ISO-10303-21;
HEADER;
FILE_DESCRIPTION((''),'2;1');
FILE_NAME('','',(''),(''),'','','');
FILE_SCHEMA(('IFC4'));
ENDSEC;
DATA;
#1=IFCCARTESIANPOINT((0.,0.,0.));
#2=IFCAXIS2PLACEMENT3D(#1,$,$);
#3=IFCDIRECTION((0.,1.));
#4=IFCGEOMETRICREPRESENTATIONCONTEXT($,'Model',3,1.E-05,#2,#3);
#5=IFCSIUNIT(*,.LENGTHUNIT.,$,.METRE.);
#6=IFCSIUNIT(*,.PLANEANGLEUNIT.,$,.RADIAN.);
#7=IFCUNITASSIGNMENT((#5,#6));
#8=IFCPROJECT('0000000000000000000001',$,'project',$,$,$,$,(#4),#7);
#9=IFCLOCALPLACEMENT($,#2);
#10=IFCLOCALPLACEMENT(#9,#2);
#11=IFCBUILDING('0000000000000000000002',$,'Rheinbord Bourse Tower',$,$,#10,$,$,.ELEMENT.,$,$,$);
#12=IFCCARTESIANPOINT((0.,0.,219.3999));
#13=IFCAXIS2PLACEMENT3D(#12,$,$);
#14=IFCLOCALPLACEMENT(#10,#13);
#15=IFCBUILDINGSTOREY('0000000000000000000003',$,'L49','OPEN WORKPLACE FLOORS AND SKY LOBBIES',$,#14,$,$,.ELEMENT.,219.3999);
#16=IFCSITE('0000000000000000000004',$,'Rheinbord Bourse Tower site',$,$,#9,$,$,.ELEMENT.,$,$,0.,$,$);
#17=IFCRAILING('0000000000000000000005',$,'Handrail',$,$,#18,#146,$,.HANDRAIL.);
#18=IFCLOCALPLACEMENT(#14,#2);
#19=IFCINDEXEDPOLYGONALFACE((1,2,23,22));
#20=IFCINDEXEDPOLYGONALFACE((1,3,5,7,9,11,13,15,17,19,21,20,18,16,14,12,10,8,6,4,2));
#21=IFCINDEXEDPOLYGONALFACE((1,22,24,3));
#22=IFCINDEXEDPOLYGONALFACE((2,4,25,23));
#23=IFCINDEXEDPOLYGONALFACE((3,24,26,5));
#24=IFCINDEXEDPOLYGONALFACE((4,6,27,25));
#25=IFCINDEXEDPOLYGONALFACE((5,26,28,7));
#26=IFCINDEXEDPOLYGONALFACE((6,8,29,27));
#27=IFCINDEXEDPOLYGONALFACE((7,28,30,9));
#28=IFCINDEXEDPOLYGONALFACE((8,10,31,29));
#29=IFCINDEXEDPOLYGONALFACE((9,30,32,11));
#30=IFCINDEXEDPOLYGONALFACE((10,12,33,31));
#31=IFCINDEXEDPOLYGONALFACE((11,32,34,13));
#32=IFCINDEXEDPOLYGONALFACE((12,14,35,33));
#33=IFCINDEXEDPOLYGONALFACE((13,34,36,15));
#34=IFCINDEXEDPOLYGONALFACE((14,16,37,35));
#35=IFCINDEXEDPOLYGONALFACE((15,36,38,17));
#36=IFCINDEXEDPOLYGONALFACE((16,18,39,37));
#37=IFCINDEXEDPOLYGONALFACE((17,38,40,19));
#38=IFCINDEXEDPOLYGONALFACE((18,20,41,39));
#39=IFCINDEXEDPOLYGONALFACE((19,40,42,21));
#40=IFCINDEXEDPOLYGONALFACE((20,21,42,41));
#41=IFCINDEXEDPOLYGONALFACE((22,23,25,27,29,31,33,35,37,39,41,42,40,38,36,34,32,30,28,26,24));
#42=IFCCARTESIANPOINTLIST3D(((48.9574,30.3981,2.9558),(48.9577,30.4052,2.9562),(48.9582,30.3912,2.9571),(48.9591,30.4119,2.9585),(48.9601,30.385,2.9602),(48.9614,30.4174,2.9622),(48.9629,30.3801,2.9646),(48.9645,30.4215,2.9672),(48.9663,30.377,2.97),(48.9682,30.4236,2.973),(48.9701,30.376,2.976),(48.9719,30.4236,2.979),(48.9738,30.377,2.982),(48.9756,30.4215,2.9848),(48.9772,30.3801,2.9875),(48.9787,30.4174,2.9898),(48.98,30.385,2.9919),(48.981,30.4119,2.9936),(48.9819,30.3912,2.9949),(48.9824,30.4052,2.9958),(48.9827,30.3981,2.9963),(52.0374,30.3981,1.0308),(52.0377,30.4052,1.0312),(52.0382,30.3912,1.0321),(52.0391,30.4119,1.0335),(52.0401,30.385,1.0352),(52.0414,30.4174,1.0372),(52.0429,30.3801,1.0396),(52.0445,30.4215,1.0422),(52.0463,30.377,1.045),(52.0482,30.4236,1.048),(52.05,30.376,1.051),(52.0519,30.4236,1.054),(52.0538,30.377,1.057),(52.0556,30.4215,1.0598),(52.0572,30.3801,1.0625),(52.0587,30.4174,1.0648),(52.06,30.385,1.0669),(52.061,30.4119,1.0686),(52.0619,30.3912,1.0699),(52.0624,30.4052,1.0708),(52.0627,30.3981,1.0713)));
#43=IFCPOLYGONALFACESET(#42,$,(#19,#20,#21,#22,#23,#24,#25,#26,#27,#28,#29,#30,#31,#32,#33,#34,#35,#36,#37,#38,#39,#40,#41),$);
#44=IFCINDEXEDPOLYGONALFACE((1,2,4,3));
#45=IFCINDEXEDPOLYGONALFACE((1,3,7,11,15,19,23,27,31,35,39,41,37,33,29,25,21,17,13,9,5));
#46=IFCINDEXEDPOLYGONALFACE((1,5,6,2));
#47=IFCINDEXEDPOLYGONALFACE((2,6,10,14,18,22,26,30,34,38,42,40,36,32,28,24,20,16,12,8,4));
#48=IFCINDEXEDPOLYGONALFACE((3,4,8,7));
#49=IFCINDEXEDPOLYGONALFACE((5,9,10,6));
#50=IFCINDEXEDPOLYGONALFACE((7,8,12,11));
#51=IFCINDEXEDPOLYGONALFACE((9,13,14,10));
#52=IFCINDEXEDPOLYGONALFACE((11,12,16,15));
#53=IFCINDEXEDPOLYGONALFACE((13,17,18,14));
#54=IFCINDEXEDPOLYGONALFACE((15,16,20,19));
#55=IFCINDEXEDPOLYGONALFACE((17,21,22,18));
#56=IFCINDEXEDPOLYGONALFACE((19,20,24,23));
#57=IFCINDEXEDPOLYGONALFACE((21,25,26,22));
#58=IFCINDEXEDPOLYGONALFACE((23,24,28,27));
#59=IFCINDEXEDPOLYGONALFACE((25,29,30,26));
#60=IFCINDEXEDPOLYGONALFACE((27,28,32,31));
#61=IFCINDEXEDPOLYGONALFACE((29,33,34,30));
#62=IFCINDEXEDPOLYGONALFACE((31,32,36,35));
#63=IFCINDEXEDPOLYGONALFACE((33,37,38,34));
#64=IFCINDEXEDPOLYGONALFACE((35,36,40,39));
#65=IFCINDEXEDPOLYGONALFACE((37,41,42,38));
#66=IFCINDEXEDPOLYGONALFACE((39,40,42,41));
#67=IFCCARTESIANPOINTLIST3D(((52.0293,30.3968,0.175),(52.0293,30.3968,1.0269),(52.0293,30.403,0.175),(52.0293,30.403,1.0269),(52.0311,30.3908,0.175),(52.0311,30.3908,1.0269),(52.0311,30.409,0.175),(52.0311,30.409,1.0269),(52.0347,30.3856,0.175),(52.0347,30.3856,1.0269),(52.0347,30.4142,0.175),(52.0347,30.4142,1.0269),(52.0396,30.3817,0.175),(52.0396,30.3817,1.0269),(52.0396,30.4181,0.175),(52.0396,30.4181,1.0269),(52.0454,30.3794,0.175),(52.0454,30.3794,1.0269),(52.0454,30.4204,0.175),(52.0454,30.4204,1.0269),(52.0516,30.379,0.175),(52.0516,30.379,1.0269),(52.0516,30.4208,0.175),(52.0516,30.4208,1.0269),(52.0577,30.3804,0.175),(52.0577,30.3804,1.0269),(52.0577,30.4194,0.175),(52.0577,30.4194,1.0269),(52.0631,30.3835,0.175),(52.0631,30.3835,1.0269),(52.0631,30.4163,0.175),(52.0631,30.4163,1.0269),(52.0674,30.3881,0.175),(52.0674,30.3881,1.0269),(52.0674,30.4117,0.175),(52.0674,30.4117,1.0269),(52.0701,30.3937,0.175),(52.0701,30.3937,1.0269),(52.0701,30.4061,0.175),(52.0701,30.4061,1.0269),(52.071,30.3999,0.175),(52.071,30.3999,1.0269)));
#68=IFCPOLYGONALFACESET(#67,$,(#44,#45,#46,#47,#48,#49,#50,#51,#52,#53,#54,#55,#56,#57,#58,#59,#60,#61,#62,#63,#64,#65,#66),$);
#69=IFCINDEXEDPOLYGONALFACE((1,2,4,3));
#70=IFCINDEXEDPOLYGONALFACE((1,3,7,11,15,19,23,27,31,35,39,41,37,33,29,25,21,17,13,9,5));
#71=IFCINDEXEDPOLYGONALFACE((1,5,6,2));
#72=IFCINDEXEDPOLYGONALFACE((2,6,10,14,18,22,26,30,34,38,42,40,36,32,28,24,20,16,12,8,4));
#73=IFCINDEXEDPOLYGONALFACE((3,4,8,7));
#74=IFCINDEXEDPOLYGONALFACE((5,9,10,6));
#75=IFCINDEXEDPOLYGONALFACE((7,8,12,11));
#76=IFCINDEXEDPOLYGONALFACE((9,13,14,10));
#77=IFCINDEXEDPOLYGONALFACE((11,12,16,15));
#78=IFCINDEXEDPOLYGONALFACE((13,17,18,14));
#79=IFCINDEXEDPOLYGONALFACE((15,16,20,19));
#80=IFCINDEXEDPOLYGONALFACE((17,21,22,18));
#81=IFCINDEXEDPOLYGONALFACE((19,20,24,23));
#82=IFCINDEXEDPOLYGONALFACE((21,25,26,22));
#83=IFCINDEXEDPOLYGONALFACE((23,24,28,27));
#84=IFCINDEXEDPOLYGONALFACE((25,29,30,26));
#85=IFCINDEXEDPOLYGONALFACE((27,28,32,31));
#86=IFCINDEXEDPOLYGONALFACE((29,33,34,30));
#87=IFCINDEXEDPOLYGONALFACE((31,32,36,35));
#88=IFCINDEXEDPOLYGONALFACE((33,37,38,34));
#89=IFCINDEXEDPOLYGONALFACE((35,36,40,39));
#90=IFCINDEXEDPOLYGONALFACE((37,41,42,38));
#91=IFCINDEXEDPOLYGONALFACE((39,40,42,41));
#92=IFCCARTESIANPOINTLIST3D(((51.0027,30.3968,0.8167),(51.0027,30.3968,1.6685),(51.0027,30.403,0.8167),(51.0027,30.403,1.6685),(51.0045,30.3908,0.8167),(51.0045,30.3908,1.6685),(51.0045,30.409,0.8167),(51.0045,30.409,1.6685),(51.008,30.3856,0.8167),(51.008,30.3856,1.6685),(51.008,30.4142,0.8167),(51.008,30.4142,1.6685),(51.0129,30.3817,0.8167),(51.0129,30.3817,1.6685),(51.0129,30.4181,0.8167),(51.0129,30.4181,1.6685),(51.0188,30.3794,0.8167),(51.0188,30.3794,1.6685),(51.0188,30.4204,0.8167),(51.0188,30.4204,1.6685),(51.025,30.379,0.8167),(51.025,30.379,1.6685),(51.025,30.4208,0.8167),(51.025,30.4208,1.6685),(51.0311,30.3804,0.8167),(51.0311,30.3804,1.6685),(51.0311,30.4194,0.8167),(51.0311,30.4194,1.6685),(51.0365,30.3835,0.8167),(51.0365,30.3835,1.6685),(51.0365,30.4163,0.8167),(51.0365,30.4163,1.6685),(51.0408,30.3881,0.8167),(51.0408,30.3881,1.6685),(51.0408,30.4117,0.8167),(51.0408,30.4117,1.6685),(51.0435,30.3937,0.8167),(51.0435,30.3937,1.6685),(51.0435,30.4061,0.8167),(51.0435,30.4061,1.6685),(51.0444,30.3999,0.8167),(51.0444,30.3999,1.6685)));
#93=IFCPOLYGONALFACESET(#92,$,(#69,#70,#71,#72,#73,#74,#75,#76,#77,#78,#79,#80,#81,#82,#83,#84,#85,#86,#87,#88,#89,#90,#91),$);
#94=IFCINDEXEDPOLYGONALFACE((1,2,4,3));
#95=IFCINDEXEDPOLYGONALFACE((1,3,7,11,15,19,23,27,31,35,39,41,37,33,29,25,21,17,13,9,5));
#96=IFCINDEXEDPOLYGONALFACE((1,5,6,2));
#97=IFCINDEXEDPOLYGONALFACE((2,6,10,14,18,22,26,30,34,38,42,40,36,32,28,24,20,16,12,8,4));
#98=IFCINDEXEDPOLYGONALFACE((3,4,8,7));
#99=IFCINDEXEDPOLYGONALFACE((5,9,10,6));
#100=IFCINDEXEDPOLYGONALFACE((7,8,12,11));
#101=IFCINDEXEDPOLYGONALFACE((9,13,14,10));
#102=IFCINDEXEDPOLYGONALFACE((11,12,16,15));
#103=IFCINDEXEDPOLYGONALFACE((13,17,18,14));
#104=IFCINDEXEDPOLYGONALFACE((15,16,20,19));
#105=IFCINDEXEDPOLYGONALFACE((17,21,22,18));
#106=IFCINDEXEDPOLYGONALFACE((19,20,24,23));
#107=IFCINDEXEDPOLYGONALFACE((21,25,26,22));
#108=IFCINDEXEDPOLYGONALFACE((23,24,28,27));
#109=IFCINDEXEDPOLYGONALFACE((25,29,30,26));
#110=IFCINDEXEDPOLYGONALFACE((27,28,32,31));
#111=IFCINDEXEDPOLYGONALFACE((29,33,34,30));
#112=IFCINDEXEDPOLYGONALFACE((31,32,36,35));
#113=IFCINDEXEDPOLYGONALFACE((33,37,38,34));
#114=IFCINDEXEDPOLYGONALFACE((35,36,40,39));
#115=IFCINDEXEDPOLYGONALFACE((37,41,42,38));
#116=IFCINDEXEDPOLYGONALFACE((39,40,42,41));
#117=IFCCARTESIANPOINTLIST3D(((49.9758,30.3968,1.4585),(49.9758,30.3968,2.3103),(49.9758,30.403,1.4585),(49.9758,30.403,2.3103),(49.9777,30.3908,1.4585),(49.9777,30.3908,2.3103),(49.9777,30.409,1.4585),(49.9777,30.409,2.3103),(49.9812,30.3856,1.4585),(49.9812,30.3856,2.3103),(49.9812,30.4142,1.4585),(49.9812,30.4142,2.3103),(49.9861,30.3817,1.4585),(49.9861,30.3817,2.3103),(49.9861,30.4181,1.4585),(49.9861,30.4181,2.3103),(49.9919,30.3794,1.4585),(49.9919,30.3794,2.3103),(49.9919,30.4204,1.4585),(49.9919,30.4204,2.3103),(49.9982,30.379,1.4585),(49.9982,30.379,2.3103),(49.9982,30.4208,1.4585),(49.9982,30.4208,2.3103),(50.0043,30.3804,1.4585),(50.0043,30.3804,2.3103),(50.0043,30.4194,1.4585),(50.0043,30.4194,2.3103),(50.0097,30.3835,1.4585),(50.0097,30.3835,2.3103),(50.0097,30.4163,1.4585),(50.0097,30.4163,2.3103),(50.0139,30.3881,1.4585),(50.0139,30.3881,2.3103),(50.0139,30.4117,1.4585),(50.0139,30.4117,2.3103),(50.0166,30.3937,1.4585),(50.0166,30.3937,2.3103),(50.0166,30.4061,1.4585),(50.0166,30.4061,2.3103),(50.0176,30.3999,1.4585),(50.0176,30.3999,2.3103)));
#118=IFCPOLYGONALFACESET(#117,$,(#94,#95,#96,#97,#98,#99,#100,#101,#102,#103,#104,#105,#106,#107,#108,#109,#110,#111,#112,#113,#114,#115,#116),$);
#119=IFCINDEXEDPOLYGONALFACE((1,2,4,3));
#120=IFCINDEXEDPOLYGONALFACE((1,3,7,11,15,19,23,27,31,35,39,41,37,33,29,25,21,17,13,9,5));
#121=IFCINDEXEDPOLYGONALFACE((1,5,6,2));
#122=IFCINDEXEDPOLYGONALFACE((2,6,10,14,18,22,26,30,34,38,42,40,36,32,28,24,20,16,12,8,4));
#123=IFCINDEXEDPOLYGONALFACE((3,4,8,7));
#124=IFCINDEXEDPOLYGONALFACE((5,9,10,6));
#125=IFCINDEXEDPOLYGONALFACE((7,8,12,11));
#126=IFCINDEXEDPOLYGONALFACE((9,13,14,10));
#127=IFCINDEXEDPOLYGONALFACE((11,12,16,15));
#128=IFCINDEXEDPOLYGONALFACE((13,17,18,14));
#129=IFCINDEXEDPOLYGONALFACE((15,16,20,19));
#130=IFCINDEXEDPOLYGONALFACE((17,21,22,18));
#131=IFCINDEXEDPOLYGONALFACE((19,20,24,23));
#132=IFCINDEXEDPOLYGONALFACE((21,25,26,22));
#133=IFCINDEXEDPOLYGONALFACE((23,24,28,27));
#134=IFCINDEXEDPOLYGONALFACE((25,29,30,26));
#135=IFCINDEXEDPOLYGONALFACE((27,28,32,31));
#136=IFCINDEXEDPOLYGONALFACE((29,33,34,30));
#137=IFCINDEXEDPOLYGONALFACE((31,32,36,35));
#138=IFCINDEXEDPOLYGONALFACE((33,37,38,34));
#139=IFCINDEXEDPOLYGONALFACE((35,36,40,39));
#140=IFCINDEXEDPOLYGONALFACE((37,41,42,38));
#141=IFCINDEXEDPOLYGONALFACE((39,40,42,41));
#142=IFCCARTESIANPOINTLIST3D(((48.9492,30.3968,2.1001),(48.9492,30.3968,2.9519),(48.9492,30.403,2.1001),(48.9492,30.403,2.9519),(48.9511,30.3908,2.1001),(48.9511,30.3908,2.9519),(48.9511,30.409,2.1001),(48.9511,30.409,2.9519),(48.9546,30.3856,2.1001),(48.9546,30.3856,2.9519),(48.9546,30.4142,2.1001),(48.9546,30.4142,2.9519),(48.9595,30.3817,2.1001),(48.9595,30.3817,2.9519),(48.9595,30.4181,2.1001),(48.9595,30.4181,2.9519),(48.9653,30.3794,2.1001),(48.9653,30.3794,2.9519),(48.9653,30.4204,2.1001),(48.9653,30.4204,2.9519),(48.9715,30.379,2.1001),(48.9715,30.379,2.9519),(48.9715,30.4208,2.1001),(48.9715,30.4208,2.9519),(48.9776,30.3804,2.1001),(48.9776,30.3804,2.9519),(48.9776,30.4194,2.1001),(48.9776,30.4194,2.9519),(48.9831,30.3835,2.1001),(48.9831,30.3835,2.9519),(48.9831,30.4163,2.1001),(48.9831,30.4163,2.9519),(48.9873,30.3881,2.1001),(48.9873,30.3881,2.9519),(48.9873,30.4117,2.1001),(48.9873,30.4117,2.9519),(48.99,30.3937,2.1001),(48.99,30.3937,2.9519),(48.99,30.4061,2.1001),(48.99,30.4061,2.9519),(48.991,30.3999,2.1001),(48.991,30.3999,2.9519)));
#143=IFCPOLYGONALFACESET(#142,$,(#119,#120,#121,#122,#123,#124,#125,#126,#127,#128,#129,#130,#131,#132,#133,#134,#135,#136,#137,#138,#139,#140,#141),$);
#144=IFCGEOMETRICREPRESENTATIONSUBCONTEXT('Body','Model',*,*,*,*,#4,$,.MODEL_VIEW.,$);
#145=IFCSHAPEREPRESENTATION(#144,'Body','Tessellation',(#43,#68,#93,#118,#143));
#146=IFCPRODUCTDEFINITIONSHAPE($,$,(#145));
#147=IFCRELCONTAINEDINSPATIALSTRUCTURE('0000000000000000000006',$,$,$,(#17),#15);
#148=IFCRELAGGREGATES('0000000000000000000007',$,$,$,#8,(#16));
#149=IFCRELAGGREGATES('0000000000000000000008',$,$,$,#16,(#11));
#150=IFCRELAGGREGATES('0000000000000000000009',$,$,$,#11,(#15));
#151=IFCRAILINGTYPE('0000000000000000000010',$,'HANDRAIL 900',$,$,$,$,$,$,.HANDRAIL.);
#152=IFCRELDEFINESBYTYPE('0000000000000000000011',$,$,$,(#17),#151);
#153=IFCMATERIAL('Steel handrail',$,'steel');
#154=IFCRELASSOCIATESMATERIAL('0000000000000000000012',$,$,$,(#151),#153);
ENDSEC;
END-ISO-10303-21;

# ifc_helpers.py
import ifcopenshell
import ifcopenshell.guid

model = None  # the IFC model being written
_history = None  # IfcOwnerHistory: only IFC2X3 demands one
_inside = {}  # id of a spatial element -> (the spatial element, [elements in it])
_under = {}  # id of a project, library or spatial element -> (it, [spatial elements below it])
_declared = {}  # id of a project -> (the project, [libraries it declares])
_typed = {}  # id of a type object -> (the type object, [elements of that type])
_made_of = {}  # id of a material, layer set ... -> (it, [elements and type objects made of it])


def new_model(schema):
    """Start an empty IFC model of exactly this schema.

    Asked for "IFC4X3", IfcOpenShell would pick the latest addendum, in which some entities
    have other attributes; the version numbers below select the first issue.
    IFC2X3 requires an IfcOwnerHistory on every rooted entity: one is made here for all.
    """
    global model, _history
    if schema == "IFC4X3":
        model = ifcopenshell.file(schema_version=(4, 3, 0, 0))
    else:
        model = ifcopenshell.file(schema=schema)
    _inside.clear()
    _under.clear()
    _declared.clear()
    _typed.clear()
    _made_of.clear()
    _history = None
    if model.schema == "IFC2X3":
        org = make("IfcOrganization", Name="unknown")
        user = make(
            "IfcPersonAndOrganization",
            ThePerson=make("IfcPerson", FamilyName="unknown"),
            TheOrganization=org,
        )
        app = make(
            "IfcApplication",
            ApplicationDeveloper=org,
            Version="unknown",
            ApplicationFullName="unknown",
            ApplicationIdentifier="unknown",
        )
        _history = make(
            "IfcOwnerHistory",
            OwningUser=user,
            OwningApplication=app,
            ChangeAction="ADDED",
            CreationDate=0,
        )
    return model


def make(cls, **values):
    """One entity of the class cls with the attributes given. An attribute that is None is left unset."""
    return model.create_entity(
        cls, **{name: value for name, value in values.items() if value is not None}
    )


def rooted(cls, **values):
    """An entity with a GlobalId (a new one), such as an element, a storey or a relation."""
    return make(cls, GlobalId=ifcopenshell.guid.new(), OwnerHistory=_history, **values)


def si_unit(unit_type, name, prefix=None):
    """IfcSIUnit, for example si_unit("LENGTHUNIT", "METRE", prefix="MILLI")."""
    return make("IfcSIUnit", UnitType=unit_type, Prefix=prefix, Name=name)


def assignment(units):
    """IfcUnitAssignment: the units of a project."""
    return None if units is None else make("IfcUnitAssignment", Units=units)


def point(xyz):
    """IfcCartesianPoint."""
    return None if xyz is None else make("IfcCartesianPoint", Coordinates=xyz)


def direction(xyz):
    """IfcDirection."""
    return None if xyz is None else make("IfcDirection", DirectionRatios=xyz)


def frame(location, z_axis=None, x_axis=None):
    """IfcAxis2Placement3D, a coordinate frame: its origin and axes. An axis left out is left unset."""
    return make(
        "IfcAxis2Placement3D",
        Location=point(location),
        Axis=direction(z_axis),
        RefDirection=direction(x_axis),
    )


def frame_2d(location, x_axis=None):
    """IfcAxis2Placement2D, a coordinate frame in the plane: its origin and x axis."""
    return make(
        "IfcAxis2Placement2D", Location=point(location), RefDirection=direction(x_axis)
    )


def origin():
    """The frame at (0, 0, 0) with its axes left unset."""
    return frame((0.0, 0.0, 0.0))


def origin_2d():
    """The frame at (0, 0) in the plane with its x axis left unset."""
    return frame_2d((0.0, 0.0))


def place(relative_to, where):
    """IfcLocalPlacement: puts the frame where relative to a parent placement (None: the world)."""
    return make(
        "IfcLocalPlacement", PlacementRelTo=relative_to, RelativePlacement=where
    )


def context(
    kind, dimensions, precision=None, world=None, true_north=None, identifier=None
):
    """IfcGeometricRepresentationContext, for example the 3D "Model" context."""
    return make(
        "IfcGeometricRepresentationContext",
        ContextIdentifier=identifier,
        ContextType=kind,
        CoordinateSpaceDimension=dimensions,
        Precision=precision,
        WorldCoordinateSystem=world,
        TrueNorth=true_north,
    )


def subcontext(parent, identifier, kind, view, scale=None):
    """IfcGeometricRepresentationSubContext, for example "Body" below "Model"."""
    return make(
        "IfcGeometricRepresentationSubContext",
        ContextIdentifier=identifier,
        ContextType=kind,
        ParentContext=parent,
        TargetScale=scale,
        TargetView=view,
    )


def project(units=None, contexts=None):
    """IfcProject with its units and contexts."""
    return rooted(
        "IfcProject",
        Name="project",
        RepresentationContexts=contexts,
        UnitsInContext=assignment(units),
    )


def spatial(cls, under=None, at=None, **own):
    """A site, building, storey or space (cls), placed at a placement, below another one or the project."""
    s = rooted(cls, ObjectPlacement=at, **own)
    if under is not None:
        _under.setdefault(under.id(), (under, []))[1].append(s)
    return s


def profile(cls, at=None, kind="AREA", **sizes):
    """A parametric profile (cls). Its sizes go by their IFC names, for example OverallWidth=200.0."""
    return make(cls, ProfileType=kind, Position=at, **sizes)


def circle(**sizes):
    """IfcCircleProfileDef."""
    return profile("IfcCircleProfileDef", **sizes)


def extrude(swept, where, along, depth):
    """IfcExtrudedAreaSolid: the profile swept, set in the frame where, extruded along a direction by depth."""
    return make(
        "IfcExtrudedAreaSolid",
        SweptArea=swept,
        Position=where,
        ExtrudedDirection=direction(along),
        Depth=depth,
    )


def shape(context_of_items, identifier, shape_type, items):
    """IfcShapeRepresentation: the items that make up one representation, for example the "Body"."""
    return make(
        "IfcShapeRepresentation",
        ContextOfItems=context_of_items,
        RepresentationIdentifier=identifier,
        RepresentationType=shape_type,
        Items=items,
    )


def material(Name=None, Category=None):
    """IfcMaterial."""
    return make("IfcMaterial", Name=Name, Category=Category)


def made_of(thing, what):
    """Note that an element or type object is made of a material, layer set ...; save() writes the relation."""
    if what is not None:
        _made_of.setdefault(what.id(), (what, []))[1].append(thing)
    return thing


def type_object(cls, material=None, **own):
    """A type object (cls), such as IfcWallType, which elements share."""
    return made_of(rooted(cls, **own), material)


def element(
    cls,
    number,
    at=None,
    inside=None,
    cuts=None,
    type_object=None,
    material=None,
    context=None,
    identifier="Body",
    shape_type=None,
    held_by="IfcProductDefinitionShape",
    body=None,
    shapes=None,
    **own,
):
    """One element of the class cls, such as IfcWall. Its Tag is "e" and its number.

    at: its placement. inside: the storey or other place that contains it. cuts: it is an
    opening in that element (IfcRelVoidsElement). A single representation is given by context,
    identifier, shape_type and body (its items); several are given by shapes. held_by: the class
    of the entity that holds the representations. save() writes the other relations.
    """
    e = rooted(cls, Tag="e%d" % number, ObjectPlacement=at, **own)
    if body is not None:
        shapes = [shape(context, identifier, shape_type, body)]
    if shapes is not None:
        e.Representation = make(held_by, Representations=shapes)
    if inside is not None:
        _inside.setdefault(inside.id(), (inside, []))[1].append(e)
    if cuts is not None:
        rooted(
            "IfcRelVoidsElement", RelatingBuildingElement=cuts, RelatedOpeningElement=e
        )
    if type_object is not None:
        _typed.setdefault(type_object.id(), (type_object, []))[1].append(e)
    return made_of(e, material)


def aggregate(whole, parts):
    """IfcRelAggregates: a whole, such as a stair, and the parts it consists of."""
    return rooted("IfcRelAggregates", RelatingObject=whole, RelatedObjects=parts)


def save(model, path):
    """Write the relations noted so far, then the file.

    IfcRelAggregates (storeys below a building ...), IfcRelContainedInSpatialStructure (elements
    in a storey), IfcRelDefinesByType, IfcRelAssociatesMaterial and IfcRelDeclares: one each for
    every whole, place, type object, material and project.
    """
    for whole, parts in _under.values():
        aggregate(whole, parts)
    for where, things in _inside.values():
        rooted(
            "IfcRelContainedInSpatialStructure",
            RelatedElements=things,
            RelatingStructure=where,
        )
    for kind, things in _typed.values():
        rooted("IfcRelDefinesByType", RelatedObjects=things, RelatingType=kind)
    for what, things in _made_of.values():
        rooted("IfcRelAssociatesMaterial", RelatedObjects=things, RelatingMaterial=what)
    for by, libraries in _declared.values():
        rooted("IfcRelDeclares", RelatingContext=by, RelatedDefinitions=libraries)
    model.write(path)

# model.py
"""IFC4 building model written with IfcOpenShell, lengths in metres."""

from ifc_helpers import new_model, si_unit, direction, frame, origin, origin_2d, place, context, subcontext, project, spatial, circle, extrude, material, type_object, element, save


model = new_model("IFC4")

# Units and contexts
model_context = context("Model", 3, precision=1e-05, world=origin(), true_north=direction((0.0, 1.0)))
body_context = subcontext(model_context, "Body", "Model", "MODEL_VIEW")
ifc_project = project(units=[si_unit("LENGTHUNIT", "METRE"), si_unit("PLANEANGLEUNIT", "RADIAN")], contexts=[model_context])

# Site, building, storey
site_placement = place(None, origin())
site = spatial("IfcSite", under=ifc_project, at=site_placement, Name="Rheinbord Bourse Tower site", CompositionType="ELEMENT", RefElevation=0.0)
building_placement = place(site_placement, origin())
building = spatial("IfcBuilding", under=site, at=building_placement, Name="Rheinbord Bourse Tower", CompositionType="ELEMENT")
storey_placement = place(building_placement, frame((0.0, 0.0, 219.3999)))
storey = spatial("IfcBuildingStorey", under=building, at=storey_placement, Name="L49", Description="OPEN WORKPLACE FLOORS AND SKY LOBBIES", CompositionType="ELEMENT", Elevation=219.3999)

# Railing
ifc_material_1 = material(Name="Steel handrail", Category="steel")
railing_type = type_object("IfcRailingType", Name="HANDRAIL 900", PredefinedType="HANDRAIL", material=ifc_material_1)
railing_1_placement = place(storey_placement, frame((52.05, 30.3999, 0.175)))
element("IfcRailing", 1, at=railing_1_placement, inside=storey, type_object=railing_type, Name="Handrail", PredefinedType="HANDRAIL", context=body_context, shape_type="SweptSolid", body=[
    extrude(circle(Radius=0.0239, at=origin_2d()), frame((0.0, 0.0, 0.876), z_axis=(-0.847998, 0.0, 0.529999), x_axis=(0.0, -1.0, 0.0)), (0.0, 0.0, 1.0), 3.6321),
    extrude(circle(Radius=0.021, at=origin_2d()), origin(), (0.0, 0.0, 1.0), 0.8518),
    extrude(circle(Radius=0.021, at=origin_2d()), frame((-1.0266, 0.0, 0.6416)), (0.0, 0.0, 1.0), 0.8518),
    extrude(circle(Radius=0.021, at=origin_2d()), frame((-2.0535, 0.0, 1.2834)), (0.0, 0.0, 1.0), 0.8518),
    extrude(circle(Radius=0.021, at=origin_2d()), frame((-3.0801, 0.0, 1.925)), (0.0, 0.0, 1.0), 0.8518),
])

save(model, "model.ifc")
